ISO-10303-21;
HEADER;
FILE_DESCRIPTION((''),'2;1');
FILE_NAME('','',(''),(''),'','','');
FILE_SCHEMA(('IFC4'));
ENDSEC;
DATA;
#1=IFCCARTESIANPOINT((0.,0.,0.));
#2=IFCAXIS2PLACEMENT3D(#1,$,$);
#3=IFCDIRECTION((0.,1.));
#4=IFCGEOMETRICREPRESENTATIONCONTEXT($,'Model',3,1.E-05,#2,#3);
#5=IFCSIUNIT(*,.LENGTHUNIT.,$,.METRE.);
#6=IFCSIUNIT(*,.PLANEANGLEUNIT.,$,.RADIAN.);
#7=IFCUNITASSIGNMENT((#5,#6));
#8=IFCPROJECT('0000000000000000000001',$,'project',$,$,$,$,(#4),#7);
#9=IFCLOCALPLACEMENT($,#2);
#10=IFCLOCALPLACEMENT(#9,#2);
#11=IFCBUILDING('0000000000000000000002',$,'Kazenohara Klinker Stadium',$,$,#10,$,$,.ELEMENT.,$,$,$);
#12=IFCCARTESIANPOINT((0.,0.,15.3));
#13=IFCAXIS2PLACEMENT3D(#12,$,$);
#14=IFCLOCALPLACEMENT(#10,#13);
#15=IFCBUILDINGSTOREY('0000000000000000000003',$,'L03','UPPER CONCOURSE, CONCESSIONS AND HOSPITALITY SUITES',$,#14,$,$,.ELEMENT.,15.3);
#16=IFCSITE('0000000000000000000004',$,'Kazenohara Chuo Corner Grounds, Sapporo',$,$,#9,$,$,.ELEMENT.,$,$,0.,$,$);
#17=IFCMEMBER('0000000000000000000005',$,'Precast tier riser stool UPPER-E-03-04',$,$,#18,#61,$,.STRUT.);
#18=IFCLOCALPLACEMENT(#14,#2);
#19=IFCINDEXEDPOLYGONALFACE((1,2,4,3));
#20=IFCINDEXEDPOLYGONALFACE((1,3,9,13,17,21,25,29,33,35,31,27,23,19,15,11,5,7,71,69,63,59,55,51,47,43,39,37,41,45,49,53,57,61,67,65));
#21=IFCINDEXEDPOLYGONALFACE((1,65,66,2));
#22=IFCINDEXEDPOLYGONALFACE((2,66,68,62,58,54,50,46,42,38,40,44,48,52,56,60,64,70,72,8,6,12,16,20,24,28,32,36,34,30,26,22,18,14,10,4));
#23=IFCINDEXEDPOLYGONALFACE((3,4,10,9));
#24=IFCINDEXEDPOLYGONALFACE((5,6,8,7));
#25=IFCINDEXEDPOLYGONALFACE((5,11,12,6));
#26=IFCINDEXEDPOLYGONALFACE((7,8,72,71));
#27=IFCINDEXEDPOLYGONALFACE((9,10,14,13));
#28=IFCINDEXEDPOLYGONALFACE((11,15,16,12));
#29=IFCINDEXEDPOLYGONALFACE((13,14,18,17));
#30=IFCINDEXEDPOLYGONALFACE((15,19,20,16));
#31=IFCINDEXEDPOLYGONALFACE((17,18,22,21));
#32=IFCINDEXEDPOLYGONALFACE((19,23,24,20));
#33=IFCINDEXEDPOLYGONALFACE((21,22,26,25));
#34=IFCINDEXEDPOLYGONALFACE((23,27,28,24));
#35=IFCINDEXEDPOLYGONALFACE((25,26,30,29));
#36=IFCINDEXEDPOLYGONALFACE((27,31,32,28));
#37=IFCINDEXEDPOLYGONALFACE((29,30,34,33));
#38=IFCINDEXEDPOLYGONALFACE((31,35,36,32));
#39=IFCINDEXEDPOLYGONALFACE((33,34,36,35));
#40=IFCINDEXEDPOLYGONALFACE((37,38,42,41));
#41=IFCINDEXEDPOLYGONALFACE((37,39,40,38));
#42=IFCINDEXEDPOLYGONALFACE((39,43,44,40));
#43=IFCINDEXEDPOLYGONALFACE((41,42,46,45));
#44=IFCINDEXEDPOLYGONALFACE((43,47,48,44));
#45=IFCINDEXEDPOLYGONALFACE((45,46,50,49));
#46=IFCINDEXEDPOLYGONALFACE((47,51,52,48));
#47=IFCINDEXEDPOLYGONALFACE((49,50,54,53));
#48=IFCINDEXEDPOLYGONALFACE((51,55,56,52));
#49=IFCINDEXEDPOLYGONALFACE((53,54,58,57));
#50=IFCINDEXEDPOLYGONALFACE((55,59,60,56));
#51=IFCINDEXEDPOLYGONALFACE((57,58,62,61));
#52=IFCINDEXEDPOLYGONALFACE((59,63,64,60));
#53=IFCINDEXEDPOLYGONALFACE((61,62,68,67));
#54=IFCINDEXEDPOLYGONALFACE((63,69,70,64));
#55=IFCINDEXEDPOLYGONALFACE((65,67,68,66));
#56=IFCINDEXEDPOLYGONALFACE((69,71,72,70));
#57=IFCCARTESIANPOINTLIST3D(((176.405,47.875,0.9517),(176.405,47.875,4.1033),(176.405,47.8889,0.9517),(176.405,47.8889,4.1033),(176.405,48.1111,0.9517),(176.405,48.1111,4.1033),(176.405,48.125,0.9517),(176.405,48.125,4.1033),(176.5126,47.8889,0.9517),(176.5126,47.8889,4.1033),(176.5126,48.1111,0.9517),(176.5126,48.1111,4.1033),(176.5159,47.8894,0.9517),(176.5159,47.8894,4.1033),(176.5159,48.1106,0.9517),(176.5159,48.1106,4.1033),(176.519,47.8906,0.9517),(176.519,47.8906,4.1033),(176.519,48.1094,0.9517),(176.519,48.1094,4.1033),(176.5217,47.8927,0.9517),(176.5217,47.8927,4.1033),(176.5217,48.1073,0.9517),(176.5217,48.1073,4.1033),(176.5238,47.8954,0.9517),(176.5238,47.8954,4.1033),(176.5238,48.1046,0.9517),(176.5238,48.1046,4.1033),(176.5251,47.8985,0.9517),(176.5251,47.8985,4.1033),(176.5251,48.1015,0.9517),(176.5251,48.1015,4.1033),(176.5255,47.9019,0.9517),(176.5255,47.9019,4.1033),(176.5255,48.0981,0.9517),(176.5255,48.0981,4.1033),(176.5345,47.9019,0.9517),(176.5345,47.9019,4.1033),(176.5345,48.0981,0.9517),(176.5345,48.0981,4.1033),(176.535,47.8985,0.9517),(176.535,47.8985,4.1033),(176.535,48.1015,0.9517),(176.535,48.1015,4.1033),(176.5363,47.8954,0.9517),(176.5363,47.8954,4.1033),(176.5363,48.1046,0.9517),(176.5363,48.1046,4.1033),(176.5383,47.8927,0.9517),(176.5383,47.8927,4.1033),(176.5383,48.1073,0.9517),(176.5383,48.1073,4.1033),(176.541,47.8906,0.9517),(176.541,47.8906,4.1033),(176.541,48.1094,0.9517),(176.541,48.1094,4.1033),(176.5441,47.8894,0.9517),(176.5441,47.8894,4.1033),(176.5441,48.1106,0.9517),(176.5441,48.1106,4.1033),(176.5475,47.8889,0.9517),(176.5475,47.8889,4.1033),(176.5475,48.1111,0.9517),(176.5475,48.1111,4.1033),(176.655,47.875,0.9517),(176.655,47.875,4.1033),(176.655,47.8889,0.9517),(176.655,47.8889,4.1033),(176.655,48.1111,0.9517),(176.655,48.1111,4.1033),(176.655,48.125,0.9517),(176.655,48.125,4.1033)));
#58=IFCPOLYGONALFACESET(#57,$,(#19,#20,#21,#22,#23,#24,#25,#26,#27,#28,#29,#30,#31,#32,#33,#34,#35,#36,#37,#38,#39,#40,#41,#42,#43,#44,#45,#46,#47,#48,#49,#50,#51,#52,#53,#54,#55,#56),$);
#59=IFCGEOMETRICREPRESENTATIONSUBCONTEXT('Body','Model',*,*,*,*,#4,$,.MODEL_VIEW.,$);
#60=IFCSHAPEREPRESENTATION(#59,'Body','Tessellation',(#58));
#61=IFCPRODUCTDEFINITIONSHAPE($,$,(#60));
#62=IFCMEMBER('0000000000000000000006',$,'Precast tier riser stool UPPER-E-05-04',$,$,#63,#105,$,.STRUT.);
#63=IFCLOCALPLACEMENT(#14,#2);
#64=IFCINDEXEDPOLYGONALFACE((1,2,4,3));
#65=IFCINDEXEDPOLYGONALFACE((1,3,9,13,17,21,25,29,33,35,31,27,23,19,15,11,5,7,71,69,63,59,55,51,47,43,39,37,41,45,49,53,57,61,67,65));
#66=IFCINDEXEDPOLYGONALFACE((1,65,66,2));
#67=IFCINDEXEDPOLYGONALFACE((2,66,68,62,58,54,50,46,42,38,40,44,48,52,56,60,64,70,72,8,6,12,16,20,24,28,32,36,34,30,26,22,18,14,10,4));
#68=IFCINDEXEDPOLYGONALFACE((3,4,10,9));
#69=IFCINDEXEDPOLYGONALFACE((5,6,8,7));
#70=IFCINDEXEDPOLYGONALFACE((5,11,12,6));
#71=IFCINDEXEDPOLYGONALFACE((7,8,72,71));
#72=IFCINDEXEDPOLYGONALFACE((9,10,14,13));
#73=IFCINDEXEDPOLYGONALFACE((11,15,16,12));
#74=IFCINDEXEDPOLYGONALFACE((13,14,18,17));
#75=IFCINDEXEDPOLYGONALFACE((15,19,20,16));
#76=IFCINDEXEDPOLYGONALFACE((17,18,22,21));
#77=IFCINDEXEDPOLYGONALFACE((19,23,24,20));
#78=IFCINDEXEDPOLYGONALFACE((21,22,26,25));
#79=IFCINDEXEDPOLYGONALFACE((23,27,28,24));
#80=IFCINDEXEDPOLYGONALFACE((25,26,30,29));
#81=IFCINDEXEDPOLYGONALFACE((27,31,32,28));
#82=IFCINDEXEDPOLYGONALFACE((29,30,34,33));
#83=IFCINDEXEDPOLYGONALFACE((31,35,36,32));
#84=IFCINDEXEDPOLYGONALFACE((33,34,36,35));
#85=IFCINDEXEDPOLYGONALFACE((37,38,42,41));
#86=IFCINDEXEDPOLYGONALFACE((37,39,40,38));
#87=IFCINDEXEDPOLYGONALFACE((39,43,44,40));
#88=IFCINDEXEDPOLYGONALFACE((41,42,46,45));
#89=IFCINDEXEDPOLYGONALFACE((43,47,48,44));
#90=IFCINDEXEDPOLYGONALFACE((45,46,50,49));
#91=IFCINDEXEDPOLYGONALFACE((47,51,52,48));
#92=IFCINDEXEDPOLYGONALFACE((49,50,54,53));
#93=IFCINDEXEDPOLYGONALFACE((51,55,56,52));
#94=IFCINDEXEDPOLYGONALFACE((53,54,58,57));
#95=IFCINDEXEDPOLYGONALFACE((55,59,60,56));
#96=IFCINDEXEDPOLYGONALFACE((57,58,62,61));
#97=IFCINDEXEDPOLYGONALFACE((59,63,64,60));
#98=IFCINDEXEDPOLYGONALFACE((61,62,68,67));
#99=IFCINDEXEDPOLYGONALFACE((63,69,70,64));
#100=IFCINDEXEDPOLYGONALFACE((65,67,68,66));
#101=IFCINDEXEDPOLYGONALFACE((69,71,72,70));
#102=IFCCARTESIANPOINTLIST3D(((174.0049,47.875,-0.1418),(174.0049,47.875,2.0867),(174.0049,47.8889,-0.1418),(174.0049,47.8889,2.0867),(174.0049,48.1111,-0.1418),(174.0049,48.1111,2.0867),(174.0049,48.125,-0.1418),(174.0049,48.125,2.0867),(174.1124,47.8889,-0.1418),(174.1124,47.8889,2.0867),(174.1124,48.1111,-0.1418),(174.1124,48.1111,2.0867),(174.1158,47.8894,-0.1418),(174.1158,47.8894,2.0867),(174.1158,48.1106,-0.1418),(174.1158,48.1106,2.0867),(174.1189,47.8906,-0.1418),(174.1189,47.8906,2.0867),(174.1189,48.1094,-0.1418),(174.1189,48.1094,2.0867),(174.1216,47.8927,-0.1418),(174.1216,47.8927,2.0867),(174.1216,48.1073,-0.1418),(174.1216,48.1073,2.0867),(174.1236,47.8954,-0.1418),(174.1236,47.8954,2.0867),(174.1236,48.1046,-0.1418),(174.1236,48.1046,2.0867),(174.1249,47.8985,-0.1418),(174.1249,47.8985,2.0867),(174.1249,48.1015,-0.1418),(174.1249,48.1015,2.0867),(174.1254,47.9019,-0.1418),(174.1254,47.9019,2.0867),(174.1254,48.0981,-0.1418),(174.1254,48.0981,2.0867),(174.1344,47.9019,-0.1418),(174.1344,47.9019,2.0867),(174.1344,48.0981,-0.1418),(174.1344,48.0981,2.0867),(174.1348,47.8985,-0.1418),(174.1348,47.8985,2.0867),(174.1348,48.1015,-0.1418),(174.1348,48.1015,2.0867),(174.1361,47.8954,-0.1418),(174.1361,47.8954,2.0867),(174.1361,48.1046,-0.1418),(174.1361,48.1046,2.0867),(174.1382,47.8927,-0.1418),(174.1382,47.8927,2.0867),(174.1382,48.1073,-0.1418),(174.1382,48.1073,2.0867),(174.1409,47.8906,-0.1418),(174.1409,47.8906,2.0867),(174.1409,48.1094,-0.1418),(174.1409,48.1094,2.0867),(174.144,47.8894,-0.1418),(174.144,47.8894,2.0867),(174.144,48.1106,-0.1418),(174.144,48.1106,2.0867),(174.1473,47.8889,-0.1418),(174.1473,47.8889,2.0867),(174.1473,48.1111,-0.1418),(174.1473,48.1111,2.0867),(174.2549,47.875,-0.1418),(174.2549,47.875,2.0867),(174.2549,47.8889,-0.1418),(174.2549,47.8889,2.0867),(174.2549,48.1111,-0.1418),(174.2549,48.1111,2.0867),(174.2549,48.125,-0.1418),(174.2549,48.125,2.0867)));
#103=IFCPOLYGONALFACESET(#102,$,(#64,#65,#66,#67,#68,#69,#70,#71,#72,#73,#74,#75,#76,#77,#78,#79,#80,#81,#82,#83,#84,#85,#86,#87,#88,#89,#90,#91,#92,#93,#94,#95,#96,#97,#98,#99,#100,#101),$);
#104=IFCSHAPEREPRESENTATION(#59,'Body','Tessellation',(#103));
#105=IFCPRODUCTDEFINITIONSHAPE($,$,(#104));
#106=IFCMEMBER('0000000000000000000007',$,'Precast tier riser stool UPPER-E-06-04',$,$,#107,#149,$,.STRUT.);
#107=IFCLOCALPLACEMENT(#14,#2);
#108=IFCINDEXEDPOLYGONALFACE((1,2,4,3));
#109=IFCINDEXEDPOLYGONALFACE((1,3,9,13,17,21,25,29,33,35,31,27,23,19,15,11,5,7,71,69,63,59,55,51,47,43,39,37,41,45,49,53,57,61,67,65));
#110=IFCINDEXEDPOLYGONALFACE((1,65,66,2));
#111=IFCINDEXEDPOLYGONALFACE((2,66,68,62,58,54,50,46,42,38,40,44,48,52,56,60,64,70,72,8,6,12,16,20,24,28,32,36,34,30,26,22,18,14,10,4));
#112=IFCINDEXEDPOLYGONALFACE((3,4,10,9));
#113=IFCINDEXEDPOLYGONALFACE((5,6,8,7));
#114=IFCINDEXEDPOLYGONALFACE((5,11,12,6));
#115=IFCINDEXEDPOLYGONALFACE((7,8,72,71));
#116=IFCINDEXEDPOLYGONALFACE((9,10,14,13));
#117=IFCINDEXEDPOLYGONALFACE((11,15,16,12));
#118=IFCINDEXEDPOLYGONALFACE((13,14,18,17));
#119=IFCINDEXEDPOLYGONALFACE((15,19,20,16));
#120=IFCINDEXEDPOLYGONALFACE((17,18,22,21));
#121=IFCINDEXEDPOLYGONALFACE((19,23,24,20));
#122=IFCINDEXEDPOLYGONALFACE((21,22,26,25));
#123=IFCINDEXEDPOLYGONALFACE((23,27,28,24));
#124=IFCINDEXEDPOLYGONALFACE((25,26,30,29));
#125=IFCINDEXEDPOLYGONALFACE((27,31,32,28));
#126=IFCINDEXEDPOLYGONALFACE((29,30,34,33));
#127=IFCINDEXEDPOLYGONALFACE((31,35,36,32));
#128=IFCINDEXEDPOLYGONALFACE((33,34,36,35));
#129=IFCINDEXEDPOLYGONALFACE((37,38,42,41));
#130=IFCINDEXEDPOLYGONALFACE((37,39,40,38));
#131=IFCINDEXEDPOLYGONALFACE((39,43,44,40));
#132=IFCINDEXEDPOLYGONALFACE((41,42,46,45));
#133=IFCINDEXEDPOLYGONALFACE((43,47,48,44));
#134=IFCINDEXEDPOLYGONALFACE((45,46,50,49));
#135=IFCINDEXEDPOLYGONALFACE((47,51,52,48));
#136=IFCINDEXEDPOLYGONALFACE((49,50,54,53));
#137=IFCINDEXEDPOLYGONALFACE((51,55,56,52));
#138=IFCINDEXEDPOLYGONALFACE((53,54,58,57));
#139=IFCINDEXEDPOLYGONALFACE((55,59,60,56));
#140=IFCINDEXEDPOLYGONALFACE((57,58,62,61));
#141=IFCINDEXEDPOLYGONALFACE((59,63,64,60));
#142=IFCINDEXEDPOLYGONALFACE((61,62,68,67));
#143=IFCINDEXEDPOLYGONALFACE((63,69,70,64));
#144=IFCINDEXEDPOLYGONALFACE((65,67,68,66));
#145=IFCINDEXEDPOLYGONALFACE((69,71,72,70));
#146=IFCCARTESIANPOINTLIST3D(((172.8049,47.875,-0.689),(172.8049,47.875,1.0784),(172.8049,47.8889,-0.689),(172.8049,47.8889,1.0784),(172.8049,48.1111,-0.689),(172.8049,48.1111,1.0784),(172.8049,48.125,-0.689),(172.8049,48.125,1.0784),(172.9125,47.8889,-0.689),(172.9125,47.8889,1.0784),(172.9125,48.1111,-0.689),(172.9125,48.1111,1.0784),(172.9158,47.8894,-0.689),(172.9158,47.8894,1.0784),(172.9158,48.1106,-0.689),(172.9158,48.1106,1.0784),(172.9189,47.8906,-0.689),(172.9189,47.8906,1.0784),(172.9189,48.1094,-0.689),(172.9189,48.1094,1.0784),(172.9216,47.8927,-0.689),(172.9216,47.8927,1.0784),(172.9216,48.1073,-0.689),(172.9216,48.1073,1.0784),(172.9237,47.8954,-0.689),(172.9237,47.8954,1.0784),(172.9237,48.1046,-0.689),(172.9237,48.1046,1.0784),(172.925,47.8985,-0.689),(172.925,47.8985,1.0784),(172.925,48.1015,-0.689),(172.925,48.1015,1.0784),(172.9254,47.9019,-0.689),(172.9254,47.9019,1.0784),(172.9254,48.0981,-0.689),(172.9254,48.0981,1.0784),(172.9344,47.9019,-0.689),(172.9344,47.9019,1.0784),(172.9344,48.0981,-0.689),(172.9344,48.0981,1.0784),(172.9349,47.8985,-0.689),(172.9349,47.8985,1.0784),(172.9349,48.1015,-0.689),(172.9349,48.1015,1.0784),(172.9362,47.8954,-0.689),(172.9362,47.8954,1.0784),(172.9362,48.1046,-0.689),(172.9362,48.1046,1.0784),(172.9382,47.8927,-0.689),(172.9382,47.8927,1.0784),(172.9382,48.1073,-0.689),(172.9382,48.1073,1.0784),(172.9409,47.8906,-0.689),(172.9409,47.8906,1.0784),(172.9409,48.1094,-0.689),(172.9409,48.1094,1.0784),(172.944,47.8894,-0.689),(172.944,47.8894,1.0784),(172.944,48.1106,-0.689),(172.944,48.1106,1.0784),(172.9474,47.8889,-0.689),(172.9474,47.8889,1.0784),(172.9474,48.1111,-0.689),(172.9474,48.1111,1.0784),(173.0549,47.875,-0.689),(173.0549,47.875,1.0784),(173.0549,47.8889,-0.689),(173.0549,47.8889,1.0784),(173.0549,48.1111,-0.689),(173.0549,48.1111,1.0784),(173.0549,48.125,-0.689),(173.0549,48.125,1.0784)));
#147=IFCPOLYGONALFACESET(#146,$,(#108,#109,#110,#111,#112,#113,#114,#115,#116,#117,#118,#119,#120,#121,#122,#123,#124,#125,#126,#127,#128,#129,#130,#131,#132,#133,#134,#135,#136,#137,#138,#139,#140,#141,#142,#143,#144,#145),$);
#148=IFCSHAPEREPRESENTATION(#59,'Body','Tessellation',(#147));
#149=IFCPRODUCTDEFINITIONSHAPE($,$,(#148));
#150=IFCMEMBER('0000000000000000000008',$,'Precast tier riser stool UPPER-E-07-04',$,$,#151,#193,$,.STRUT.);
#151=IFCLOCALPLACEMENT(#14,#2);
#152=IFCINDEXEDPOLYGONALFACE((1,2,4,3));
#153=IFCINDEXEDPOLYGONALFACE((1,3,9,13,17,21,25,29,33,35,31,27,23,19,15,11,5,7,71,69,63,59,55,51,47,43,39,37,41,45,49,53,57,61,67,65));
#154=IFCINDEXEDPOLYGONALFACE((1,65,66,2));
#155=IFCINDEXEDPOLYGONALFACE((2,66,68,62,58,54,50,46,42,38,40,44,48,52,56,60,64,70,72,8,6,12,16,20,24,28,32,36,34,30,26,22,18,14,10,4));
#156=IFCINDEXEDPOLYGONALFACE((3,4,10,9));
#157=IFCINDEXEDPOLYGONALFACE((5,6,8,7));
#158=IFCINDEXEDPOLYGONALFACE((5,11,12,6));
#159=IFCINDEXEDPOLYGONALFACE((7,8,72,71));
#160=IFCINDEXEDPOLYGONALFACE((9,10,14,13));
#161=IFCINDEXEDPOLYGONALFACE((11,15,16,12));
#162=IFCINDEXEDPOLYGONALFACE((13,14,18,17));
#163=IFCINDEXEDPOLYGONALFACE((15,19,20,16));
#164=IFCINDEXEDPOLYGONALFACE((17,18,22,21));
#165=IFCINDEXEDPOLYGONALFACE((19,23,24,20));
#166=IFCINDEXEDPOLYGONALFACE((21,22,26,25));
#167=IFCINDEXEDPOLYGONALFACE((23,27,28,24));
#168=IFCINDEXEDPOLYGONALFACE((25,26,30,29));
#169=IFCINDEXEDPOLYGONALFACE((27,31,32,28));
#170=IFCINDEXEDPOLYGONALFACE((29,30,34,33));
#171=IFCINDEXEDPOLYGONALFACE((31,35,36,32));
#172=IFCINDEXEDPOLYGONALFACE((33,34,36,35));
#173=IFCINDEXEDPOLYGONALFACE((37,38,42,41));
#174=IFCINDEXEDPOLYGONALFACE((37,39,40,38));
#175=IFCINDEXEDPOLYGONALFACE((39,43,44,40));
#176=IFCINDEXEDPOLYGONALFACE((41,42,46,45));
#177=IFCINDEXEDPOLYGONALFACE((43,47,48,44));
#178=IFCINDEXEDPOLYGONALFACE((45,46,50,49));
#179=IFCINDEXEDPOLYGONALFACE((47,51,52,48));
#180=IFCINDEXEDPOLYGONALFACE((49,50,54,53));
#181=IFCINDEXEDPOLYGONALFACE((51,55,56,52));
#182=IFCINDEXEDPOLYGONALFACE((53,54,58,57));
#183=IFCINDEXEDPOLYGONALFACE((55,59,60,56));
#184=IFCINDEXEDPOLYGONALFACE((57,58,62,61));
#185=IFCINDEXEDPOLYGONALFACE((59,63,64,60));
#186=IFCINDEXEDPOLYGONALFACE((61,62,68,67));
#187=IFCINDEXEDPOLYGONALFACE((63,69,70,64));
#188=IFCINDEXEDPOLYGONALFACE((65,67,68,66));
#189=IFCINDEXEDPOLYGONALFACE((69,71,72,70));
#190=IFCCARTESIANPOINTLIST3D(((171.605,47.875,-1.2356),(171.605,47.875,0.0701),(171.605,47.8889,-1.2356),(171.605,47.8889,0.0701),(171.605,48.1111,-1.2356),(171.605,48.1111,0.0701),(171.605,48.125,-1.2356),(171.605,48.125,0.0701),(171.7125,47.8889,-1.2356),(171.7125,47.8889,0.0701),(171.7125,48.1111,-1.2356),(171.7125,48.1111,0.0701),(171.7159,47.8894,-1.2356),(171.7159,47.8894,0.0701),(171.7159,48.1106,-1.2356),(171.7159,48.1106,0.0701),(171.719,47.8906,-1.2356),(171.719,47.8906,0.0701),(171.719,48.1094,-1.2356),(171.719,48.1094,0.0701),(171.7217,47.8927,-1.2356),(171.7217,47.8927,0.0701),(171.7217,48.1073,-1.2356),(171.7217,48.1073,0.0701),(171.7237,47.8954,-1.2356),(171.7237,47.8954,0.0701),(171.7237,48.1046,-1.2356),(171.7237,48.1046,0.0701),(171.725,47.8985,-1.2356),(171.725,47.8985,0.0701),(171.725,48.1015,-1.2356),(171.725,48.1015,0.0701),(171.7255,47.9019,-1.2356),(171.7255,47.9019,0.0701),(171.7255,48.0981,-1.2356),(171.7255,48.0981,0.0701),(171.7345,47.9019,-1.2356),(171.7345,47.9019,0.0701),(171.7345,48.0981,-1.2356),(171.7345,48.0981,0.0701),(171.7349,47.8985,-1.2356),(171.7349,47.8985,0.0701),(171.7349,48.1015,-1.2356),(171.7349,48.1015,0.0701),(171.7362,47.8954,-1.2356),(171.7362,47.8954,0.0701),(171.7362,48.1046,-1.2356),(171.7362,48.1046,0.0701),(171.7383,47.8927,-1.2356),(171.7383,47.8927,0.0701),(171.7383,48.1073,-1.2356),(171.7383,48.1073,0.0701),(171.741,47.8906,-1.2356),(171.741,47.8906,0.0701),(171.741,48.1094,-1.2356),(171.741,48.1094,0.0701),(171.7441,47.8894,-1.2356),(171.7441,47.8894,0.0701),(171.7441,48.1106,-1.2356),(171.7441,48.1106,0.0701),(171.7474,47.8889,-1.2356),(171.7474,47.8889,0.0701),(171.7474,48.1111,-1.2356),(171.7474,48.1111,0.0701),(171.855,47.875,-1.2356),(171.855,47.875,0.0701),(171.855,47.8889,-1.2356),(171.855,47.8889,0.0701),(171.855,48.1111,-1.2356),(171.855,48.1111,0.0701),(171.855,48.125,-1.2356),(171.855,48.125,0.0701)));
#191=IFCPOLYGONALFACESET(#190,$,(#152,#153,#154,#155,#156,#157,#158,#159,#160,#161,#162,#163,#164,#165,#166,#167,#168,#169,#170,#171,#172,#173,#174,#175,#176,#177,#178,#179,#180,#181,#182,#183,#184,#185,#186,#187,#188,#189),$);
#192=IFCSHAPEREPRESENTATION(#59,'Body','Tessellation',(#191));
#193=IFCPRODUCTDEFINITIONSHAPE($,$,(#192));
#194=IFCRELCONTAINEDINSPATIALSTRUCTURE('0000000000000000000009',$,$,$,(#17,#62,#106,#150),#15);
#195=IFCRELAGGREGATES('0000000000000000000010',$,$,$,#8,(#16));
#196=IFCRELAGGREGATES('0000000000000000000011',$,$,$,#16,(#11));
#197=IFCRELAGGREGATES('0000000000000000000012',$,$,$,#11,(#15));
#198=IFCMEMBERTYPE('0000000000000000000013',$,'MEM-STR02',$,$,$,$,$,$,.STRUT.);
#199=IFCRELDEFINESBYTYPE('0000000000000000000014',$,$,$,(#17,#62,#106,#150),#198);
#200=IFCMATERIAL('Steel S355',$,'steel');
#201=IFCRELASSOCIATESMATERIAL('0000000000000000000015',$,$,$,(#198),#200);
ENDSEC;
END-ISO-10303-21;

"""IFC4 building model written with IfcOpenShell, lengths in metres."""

from ifc_helpers import new_model, si_unit, direction, frame, origin, origin_2d, place, context, subcontext, project, spatial, i_section, extrude, material, material_profile, profile_set, type_object, element, save


model = new_model("IFC4")

# Units and contexts
model_context = context("Model", 3, precision=1e-05, world=origin(), true_north=direction((0.0, 1.0)))
body_context = subcontext(model_context, "Body", "Model", "MODEL_VIEW")
ifc_project = project(units=[si_unit("LENGTHUNIT", "METRE"), si_unit("PLANEANGLEUNIT", "RADIAN")], contexts=[model_context])

# Site, building, storey
site_placement = place(None, origin())
site = spatial("IfcSite", under=ifc_project, at=site_placement, Name="Kazenohara Chuo Corner Grounds, Sapporo", CompositionType="ELEMENT", RefElevation=0.0)
building_placement = place(site_placement, origin())
building = spatial("IfcBuilding", under=site, at=building_placement, Name="Kazenohara Klinker Stadium", CompositionType="ELEMENT")
storey_placement = place(building_placement, frame((0.0, 0.0, 15.3)))
storey = spatial("IfcBuildingStorey", under=building, at=storey_placement, Name="L03", Description="UPPER CONCOURSE, CONCESSIONS AND HOSPITALITY SUITES", CompositionType="ELEMENT", Elevation=15.3)

# Shared definitions
ifc_material_1 = material(Name="Steel S355", Category="steel")

# Members
ifc_material_profile_1 = material_profile(ifc_material_1, i_section(OverallWidth=0.25, OverallDepth=0.25, WebThickness=0.009, FlangeThickness=0.0139, FilletRadius=0.0129, at=origin_2d()), Name="H-250x250x9x14")
ifc_profile_set_1 = profile_set([ifc_material_profile_1], Name="Steel S355")
member_type_1 = type_object("IfcMemberType", Name="MEM-STR02", PredefinedType="STRUT", material=ifc_profile_set_1)
member_1_placement = place(storey_placement, frame((176.53, 48.0, 0.9517), z_axis=(0.0, 0.0, 1.0), x_axis=(1.0, 0.0, 0.0)))
element("IfcMember", 1, at=member_1_placement, inside=storey, type_object=member_type_1, Name="Precast tier riser stool UPPER-E-03-04", PredefinedType="STRUT", context=body_context, shape_type="SweptSolid", body=[
    extrude(i_section(OverallWidth=0.25, OverallDepth=0.25, WebThickness=0.009, FlangeThickness=0.0139, FilletRadius=0.0129, at=origin_2d()), origin(), (0.0, 0.0, 1.0), 3.1516),
])
member_2_placement = place(storey_placement, frame((174.1299, 48.0, -0.1418), z_axis=(0.0, 0.0, 1.0), x_axis=(1.0, 0.0, 0.0)))
element("IfcMember", 2, at=member_2_placement, inside=storey, type_object=member_type_1, Name="Precast tier riser stool UPPER-E-05-04", PredefinedType="STRUT", context=body_context, shape_type="SweptSolid", body=[
    extrude(i_section(OverallWidth=0.25, OverallDepth=0.25, WebThickness=0.009, FlangeThickness=0.0139, FilletRadius=0.0129, at=origin_2d()), origin(), (0.0, 0.0, 1.0), 2.2285),
])
member_3_placement = place(storey_placement, frame((172.9299, 48.0, -0.689), z_axis=(0.0, 0.0, 1.0), x_axis=(1.0, 0.0, 0.0)))
element("IfcMember", 3, at=member_3_placement, inside=storey, type_object=member_type_1, Name="Precast tier riser stool UPPER-E-06-04", PredefinedType="STRUT", context=body_context, shape_type="SweptSolid", body=[
    extrude(i_section(OverallWidth=0.25, OverallDepth=0.25, WebThickness=0.009, FlangeThickness=0.0139, FilletRadius=0.0129, at=origin_2d()), origin(), (0.0, 0.0, 1.0), 1.7673),
])
member_4_placement = place(storey_placement, frame((171.73, 48.0, -1.2356), z_axis=(0.0, 0.0, 1.0), x_axis=(1.0, 0.0, 0.0)))
element("IfcMember", 4, at=member_4_placement, inside=storey, type_object=member_type_1, Name="Precast tier riser stool UPPER-E-07-04", PredefinedType="STRUT", context=body_context, shape_type="SweptSolid", body=[
    extrude(i_section(OverallWidth=0.25, OverallDepth=0.25, WebThickness=0.009, FlangeThickness=0.0139, FilletRadius=0.0129, at=origin_2d()), origin(), (0.0, 0.0, 1.0), 1.3057),
])

save(model, "model.ifc")
